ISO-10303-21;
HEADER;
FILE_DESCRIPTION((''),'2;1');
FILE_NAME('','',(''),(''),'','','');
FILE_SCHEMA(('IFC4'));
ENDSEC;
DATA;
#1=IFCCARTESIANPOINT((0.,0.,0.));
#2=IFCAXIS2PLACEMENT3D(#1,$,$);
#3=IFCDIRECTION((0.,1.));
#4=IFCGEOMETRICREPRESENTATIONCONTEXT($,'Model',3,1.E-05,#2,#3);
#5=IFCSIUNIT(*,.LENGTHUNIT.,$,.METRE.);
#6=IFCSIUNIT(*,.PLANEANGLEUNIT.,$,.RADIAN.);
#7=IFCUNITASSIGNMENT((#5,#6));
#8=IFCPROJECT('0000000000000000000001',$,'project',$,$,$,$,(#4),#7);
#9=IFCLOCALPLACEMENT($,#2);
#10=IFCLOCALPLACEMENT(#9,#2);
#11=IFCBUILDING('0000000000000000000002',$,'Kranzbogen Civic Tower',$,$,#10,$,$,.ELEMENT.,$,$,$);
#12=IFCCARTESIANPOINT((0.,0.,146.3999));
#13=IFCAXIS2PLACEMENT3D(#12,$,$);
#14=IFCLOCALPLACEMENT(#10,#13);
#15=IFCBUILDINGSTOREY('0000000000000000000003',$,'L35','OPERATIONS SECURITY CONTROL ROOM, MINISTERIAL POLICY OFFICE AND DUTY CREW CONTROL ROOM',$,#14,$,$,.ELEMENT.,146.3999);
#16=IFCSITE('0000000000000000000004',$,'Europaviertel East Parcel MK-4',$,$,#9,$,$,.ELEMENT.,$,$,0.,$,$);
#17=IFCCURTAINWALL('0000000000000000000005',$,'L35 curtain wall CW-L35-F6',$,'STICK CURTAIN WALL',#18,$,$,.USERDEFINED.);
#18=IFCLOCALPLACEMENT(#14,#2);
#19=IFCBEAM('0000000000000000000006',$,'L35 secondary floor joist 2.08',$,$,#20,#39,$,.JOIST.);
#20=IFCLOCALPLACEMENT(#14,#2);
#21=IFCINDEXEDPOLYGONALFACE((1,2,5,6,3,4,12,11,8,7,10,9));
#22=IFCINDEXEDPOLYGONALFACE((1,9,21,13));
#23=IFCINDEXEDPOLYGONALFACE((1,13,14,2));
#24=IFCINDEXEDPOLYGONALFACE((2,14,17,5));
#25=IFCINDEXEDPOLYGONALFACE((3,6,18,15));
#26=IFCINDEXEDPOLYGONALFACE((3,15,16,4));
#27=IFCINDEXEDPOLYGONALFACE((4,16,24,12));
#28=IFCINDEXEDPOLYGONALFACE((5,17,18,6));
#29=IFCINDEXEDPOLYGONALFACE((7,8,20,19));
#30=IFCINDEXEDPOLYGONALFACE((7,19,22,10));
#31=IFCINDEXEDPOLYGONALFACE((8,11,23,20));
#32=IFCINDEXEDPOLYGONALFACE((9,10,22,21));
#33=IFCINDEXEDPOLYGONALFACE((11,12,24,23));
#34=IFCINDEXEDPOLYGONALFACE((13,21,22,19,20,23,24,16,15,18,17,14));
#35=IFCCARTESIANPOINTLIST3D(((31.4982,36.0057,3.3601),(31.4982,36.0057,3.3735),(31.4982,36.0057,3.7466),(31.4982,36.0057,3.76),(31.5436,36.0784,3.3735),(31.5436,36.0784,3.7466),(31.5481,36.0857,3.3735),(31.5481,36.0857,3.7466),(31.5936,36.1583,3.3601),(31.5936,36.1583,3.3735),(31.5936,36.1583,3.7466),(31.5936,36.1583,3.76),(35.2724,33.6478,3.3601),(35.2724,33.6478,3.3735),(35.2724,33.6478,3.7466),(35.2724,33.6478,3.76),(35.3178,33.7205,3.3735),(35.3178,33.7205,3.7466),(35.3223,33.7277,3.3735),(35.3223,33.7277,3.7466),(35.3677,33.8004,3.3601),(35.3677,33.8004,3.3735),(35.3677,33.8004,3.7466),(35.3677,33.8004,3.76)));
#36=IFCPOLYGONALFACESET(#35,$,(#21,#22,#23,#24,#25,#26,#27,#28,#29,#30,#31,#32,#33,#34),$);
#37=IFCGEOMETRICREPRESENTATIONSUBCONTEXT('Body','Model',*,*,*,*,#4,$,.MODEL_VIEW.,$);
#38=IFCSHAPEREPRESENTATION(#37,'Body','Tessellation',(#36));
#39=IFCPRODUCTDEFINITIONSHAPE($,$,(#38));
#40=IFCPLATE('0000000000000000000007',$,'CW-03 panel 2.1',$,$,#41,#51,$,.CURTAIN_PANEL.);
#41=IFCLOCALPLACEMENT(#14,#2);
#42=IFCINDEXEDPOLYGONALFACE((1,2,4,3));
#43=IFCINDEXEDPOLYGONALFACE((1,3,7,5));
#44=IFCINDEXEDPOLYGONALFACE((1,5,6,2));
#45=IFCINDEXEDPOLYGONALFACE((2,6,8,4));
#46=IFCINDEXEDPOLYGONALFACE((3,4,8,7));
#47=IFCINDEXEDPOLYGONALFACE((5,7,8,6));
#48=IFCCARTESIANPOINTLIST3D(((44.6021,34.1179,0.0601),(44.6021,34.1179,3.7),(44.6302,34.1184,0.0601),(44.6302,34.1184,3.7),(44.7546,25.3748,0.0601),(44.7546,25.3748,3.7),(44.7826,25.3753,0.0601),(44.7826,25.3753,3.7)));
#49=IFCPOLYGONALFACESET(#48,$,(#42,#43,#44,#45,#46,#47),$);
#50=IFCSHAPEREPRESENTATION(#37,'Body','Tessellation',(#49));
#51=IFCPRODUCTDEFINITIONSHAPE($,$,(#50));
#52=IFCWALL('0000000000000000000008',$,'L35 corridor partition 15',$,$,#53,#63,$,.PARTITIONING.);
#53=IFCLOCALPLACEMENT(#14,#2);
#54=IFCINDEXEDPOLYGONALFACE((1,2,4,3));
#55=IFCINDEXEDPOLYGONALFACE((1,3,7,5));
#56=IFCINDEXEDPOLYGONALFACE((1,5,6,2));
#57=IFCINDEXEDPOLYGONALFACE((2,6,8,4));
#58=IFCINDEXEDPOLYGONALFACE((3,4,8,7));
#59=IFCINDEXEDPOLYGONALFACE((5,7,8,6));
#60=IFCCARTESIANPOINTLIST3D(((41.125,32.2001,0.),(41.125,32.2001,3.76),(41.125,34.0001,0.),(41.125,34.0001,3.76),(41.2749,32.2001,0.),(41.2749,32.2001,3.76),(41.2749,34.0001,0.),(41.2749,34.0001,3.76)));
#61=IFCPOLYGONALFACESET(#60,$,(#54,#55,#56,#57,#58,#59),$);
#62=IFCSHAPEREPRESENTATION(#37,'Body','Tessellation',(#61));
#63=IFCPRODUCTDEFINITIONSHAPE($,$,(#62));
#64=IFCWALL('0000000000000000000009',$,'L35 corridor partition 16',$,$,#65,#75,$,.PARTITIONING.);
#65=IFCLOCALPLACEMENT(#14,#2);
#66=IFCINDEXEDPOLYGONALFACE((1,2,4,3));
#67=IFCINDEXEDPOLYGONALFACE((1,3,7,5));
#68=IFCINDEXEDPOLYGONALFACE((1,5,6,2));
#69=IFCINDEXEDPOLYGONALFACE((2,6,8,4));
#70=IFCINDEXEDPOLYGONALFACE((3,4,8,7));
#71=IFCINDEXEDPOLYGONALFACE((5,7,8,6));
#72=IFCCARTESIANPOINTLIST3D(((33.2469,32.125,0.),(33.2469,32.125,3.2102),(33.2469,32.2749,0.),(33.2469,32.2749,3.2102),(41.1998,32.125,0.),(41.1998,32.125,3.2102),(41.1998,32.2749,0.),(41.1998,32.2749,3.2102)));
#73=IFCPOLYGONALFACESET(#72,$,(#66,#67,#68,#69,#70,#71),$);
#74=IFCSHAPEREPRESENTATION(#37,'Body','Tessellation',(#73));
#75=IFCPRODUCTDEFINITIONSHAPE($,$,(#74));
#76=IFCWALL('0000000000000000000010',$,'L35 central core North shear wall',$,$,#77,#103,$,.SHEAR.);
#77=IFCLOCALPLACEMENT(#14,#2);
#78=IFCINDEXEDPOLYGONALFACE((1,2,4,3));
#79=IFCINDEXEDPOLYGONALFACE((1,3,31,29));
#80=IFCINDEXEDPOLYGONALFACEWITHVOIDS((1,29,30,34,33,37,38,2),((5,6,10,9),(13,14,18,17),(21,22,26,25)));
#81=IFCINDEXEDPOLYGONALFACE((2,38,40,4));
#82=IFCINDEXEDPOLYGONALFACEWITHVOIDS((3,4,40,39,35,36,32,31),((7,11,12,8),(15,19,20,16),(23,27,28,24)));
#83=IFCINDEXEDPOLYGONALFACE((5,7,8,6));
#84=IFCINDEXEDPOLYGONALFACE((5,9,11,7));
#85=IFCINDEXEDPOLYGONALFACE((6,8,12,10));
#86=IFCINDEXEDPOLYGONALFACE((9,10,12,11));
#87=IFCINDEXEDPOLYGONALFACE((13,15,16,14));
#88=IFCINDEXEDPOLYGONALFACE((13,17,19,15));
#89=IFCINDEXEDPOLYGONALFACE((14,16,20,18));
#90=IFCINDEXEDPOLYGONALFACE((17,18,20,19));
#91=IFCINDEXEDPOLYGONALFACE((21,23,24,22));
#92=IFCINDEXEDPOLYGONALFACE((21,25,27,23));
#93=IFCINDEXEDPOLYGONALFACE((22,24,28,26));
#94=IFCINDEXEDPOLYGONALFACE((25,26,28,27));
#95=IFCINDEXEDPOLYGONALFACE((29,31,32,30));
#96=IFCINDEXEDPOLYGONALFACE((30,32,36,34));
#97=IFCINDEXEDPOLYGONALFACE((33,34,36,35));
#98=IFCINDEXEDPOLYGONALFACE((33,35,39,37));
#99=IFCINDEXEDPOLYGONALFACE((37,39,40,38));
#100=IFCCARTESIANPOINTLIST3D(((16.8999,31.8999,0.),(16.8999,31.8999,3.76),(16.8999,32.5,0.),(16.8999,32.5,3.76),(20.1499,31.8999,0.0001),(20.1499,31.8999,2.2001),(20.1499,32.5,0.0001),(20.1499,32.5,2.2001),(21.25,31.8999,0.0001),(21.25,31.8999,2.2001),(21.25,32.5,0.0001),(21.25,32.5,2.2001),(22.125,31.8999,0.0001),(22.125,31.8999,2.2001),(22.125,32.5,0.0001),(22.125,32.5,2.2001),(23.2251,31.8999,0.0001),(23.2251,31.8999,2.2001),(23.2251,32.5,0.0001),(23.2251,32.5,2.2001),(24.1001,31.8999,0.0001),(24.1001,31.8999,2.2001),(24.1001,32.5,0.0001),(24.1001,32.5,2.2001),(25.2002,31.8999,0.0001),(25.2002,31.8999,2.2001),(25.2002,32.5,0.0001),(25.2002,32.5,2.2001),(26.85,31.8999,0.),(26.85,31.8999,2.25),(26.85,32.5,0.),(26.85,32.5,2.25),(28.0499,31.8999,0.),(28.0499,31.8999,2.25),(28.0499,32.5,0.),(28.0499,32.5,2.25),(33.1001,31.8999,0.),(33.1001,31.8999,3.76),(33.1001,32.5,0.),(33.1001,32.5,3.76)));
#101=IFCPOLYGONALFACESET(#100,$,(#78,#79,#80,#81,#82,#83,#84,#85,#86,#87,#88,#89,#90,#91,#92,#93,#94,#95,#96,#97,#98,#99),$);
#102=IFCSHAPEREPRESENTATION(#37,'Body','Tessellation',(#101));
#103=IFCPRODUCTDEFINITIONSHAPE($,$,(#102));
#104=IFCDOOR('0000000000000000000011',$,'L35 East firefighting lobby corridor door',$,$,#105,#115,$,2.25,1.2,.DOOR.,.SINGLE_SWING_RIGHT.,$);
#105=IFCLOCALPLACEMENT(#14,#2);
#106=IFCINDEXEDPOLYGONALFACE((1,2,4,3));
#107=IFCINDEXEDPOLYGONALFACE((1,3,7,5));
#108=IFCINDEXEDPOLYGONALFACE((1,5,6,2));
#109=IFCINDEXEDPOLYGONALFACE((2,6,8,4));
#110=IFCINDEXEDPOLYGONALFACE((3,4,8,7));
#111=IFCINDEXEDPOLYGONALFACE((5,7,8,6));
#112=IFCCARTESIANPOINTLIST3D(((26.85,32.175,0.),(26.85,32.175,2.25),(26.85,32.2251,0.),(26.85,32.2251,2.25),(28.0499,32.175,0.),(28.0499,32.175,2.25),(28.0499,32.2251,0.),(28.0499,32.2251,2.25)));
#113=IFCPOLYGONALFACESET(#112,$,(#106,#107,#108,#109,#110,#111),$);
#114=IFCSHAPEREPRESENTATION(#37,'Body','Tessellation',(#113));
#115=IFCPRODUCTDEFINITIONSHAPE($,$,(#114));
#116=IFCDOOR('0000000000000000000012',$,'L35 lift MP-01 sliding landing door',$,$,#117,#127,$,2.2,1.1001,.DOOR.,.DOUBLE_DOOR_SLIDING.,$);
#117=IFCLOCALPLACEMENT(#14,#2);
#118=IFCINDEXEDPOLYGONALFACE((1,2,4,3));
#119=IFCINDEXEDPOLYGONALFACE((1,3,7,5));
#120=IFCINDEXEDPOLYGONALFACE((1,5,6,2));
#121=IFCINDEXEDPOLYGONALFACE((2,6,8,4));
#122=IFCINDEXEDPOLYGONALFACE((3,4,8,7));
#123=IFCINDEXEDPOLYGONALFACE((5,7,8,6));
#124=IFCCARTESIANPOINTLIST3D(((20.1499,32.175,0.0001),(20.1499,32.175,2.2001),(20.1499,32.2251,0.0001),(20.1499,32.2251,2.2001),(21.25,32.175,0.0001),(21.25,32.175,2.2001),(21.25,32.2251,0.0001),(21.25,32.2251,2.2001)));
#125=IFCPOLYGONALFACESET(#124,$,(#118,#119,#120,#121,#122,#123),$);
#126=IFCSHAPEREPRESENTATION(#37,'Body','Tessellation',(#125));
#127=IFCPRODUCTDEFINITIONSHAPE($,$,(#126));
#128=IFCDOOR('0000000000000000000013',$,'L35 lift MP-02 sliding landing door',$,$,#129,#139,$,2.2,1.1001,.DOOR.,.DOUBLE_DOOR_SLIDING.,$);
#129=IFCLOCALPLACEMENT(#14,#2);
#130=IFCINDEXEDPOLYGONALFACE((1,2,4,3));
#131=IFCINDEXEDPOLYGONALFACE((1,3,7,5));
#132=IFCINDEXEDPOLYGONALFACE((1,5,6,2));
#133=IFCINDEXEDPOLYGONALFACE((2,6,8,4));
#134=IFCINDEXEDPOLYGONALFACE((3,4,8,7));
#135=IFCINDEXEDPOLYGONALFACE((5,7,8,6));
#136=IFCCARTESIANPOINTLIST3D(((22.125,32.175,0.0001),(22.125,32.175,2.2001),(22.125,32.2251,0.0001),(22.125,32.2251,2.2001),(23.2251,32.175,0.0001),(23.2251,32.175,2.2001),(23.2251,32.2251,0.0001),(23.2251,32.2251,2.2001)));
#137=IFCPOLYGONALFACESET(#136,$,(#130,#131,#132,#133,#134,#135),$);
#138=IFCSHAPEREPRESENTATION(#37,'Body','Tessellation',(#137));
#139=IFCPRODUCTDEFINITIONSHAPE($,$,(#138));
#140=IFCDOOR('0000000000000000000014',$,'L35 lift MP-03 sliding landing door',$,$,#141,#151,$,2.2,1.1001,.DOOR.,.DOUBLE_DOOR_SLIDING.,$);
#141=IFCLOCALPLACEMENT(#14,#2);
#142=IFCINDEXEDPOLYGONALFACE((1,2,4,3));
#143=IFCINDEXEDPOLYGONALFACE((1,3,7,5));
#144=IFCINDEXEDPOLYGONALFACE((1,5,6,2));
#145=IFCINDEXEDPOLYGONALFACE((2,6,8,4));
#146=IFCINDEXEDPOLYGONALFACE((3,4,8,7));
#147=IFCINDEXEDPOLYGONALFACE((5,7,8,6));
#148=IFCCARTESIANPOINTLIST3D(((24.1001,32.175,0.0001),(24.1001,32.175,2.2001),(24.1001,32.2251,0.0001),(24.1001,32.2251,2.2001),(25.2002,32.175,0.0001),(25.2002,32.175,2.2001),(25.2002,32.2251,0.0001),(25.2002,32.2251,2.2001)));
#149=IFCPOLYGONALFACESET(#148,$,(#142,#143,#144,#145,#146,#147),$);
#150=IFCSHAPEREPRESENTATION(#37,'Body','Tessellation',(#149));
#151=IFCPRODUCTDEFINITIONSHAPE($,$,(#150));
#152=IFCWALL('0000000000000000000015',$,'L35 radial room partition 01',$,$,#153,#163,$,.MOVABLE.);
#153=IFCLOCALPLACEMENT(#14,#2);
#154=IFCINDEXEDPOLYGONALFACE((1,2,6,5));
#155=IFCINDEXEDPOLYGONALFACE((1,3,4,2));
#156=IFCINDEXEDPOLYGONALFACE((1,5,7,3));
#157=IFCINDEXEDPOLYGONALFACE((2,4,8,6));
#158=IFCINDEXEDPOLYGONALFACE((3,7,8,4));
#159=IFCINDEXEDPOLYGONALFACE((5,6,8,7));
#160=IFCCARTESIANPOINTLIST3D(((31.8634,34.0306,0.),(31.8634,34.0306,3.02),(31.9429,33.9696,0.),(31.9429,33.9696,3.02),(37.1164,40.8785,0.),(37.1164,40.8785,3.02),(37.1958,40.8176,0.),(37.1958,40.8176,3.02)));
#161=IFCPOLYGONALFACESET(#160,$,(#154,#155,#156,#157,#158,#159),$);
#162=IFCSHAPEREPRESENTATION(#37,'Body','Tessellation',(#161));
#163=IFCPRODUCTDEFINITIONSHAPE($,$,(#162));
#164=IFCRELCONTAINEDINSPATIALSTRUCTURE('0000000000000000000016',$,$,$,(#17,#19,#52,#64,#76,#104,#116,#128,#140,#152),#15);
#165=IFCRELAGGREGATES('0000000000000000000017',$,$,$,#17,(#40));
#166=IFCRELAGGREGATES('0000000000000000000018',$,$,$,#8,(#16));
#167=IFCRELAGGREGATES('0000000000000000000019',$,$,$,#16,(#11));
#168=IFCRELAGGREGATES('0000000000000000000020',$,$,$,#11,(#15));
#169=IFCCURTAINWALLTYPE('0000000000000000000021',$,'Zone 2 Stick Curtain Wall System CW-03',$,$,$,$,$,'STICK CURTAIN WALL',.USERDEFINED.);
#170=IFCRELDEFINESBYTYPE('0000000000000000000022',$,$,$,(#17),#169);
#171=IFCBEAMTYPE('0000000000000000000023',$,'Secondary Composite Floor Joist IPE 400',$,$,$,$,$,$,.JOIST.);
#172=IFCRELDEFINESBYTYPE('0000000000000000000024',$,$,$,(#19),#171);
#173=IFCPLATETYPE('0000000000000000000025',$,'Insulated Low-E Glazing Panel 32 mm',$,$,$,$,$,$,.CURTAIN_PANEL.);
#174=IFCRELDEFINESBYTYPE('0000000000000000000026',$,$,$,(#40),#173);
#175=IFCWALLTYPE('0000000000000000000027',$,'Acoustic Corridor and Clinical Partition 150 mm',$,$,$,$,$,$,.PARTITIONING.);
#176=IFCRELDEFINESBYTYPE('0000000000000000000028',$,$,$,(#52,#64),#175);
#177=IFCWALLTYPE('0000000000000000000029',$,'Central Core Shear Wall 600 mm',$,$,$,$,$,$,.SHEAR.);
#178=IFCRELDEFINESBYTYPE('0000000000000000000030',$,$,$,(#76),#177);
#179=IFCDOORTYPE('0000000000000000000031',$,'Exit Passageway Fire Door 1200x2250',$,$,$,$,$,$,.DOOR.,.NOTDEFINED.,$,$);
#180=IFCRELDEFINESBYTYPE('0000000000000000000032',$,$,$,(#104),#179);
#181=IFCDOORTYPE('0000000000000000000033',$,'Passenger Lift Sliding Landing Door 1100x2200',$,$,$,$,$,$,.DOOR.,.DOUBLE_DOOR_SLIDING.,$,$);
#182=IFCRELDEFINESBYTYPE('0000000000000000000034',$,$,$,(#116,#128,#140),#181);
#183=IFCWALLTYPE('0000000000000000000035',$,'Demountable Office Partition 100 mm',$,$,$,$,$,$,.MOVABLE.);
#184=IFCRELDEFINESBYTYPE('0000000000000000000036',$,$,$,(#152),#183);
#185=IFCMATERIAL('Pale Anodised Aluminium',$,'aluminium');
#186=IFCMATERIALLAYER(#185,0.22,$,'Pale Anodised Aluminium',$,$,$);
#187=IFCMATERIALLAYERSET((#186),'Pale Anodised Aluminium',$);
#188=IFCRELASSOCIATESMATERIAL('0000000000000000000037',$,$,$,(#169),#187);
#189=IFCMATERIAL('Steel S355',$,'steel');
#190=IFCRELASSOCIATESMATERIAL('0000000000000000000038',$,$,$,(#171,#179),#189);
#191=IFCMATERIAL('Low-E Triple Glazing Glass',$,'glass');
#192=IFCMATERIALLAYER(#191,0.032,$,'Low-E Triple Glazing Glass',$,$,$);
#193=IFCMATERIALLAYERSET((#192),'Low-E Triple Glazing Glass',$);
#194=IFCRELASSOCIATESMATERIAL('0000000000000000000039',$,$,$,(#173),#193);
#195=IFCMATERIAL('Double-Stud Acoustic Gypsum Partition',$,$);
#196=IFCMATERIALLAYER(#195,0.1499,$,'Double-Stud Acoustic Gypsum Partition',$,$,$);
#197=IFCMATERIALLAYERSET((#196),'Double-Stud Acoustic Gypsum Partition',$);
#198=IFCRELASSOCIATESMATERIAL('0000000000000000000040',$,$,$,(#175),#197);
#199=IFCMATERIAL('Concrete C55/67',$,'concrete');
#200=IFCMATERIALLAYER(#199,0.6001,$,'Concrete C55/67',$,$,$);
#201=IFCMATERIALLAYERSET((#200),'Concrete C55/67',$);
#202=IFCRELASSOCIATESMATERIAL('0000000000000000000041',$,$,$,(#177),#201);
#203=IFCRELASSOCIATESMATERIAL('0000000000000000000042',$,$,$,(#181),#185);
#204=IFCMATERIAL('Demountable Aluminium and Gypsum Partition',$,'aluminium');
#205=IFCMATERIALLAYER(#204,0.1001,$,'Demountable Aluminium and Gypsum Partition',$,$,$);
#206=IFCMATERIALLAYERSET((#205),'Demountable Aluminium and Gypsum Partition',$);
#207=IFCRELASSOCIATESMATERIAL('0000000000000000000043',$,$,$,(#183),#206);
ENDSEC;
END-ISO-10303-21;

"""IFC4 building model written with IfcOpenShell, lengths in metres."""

from ifc_helpers import new_model, si_unit, direction, frame, frame_2d, origin, origin_2d, place, context, subcontext, project, spatial, rectangle, i_section, extrude, material, layer, layer_set, material_profile, profile_set, type_object, element, fill, aggregate, save


model = new_model("IFC4")

# Units and contexts
model_context = context("Model", 3, precision=1e-05, world=origin(), true_north=direction((0.0, 1.0)))
body_context = subcontext(model_context, "Body", "Model", "MODEL_VIEW")
ifc_project = project(units=[si_unit("LENGTHUNIT", "METRE"), si_unit("PLANEANGLEUNIT", "RADIAN")], contexts=[model_context])

# Site, building, storey
site_placement = place(None, origin())
site = spatial("IfcSite", under=ifc_project, at=site_placement, Name="Europaviertel East Parcel MK-4", CompositionType="ELEMENT", RefElevation=0.0)
building_placement = place(site_placement, origin())
building = spatial("IfcBuilding", under=site, at=building_placement, Name="Kranzbogen Civic Tower", CompositionType="ELEMENT")
storey_placement = place(building_placement, frame((0.0, 0.0, 146.3999)))
storey = spatial("IfcBuildingStorey", under=building, at=storey_placement, Name="L35", Description="OPERATIONS SECURITY CONTROL ROOM, MINISTERIAL POLICY OFFICE AND DUTY CREW CONTROL ROOM", CompositionType="ELEMENT", Elevation=146.3999)

# Shared definitions
ifc_material_1 = material(Name="Steel S355", Category="steel")

# Curtain wall
ifc_material_2 = material(Name="Pale Anodised Aluminium", Category="aluminium")
ifc_layer_1 = layer(ifc_material_2, 0.22, Name="Pale Anodised Aluminium")
ifc_layer_set_1 = layer_set([ifc_layer_1], Name="Pale Anodised Aluminium")
curtain_wall_type = type_object("IfcCurtainWallType", Name="Zone 2 Stick Curtain Wall System CW-03", ElementType="STICK CURTAIN WALL", PredefinedType="USERDEFINED", material=ifc_layer_set_1)
curtain_wall_placement = place(storey_placement, origin())
curtain_wall = element("IfcCurtainWall", 1, at=curtain_wall_placement, inside=storey, type_object=curtain_wall_type, Name="L35 curtain wall CW-L35-F6", ObjectType="STICK CURTAIN WALL", PredefinedType="USERDEFINED")

# Beam
ifc_material_profile_1 = material_profile(ifc_material_1, i_section(OverallWidth=0.1799, OverallDepth=0.3999, WebThickness=0.0085, FlangeThickness=0.0134, at=origin_2d()), Name="IPE 400")
ifc_profile_set_1 = profile_set([ifc_material_profile_1], Name="Steel S355")
beam_type_1 = type_object("IfcBeamType", Name="Secondary Composite Floor Joist IPE 400", PredefinedType="JOIST", material=ifc_profile_set_1)
beam_1_placement = place(storey_placement, frame((35.3201, 33.7241, 3.5601), z_axis=(-0.848094, 0.529846, 0.0), x_axis=(-0.529846, -0.848094, 0.0)))
element("IfcBeam", 2, at=beam_1_placement, inside=storey, type_object=beam_type_1, Name="L35 secondary floor joist 2.08", PredefinedType="JOIST", context=body_context, shape_type="SweptSolid", body=[
    extrude(i_section(OverallWidth=0.1799, OverallDepth=0.3999, WebThickness=0.0085, FlangeThickness=0.0134, at=origin_2d()), origin(), (0.0, 0.0, 1.0), 4.4502),
])

# Plate
ifc_material_3 = material(Name="Low-E Triple Glazing Glass", Category="glass")
ifc_layer_2 = layer(ifc_material_3, 0.032, Name="Low-E Triple Glazing Glass")
ifc_layer_set_2 = layer_set([ifc_layer_2], Name="Low-E Triple Glazing Glass")
plate_type = type_object("IfcPlateType", Name="Insulated Low-E Glazing Panel 32 mm", PredefinedType="CURTAIN_PANEL", material=ifc_layer_set_2)
plate_placement = place(storey_placement, frame((44.6924, 29.7466, 0.0601), z_axis=(0.0, 0.0, 1.0), x_axis=(-0.017432, 0.999848, 0.0)))
plate = element("IfcPlate", 3, at=plate_placement, type_object=plate_type, Name="CW-03 panel 2.1", PredefinedType="CURTAIN_PANEL", context=body_context, shape_type="SweptSolid", body=[
    extrude(rectangle(XDim=8.7444, YDim=0.0281, at=origin_2d()), origin(), (0.0, 0.0, 1.0), 3.6399),
])
aggregate(curtain_wall, [plate])

# Walls
ifc_material_4 = material(Name="Double-Stud Acoustic Gypsum Partition")
ifc_layer_3 = layer(ifc_material_4, 0.1499, Name="Double-Stud Acoustic Gypsum Partition")
ifc_layer_set_3 = layer_set([ifc_layer_3], Name="Double-Stud Acoustic Gypsum Partition")
wall_type_1 = type_object("IfcWallType", Name="Acoustic Corridor and Clinical Partition 150 mm", PredefinedType="PARTITIONING", material=ifc_layer_set_3)
wall_1_placement = place(storey_placement, frame((41.2, 34.0, 0.0), z_axis=(0.0, 0.0, 1.0), x_axis=(0.0, -1.0, 0.0)))
element("IfcWall", 4, at=wall_1_placement, inside=storey, type_object=wall_type_1, Name="L35 corridor partition 15", PredefinedType="PARTITIONING", context=body_context, shape_type="SweptSolid", body=[
    extrude(rectangle(XDim=1.8, YDim=0.1499, at=frame_2d((0.8999, 0.0))), origin(), (0.0, 0.0, 1.0), 3.76),
])
wall_2_placement = place(storey_placement, frame((41.2, 32.2, 0.0), z_axis=(0.0, 0.0, 1.0), x_axis=(-1.0, 0.0, 0.0)))
element("IfcWall", 5, at=wall_2_placement, inside=storey, type_object=wall_type_1, Name="L35 corridor partition 16", PredefinedType="PARTITIONING", context=body_context, shape_type="SweptSolid", body=[
    extrude(rectangle(XDim=7.9529, YDim=0.1499, at=frame_2d((3.9766, 0.0))), origin(), (0.0, 0.0, 1.0), 3.2102),
])

# Wall, openings, doors
ifc_material_5 = material(Name="Concrete C55/67", Category="concrete")
ifc_layer_4 = layer(ifc_material_5, 0.6001, Name="Concrete C55/67")
ifc_layer_set_4 = layer_set([ifc_layer_4], Name="Concrete C55/67")
wall_type_2 = type_object("IfcWallType", Name="Central Core Shear Wall 600 mm", PredefinedType="SHEAR", material=ifc_layer_set_4)
wall_3_placement = place(storey_placement, frame((33.1001, 32.2, 0.0), z_axis=(0.0, 0.0, 1.0), x_axis=(-1.0, 0.0, 0.0)))
wall_3 = element("IfcWall", 6, at=wall_3_placement, inside=storey, type_object=wall_type_2, Name="L35 central core North shear wall", PredefinedType="SHEAR", context=body_context, shape_type="SweptSolid", body=[
    extrude(rectangle(XDim=16.2002, YDim=0.6001, at=frame_2d((8.1001, 0.0))), origin(), (0.0, 0.0, 1.0), 3.76),
])
opening_1_placement = place(wall_3_placement, frame((5.05, 0.0, 0.0)))
opening_1 = element("IfcOpeningElement", 7, at=opening_1_placement, cuts=wall_3, PredefinedType="OPENING", context=body_context, shape_type="SweptSolid", body=[
    extrude(rectangle(XDim=1.2, YDim=2.25, at=frame_2d((0.6001, 1.125))), frame((0.0, 0.3101, 0.0), z_axis=(0.0, -1.0, 0.0), x_axis=(1.0, 0.0, 0.0)), (0.0, 0.0, 1.0), 0.6201),
])
opening_2_placement = place(wall_3_placement, frame((11.8501, 0.0, 0.0)))
opening_2 = element("IfcOpeningElement", 8, at=opening_2_placement, cuts=wall_3, PredefinedType="OPENING", context=body_context, shape_type="SweptSolid", body=[
    extrude(rectangle(XDim=1.1001, YDim=2.2, at=frame_2d((0.55, 1.1001))), frame((0.0, 0.3101, 0.0), z_axis=(0.0, -1.0, 0.0), x_axis=(1.0, 0.0, 0.0)), (0.0, 0.0, 1.0), 0.6201),
])
opening_3_placement = place(wall_3_placement, frame((9.875, 0.0, 0.0)))
opening_3 = element("IfcOpeningElement", 9, at=opening_3_placement, cuts=wall_3, PredefinedType="OPENING", context=body_context, shape_type="SweptSolid", body=[
    extrude(rectangle(XDim=1.1001, YDim=2.2, at=frame_2d((0.55, 1.1001))), frame((0.0, 0.3101, 0.0), z_axis=(0.0, -1.0, 0.0), x_axis=(1.0, 0.0, 0.0)), (0.0, 0.0, 1.0), 0.6201),
])
opening_4_placement = place(wall_3_placement, frame((7.8999, 0.0, 0.0)))
opening_4 = element("IfcOpeningElement", 10, at=opening_4_placement, cuts=wall_3, PredefinedType="OPENING", context=body_context, shape_type="SweptSolid", body=[
    extrude(rectangle(XDim=1.1001, YDim=2.2, at=frame_2d((0.55, 1.1001))), frame((0.0, 0.3101, 0.0), z_axis=(0.0, -1.0, 0.0), x_axis=(1.0, 0.0, 0.0)), (0.0, 0.0, 1.0), 0.6201),
])
door_type_1 = type_object("IfcDoorType", Name="Exit Passageway Fire Door 1200x2250", OperationType="NOTDEFINED", PredefinedType="DOOR", material=ifc_material_1)
door_1_placement = place(opening_1_placement, origin())
door_1 = element("IfcDoor", 11, at=door_1_placement, inside=storey, type_object=door_type_1, Name="L35 East firefighting lobby corridor door", OperationType="SINGLE_SWING_RIGHT", OverallHeight=2.25, OverallWidth=1.2, PredefinedType="DOOR", context=body_context, shape_type="SweptSolid", body=[
    extrude(rectangle(XDim=1.2, YDim=2.25, at=frame_2d((0.6001, 1.125))), frame((0.0, 0.0249, 0.0), z_axis=(0.0, -1.0, 0.0), x_axis=(1.0, 0.0, 0.0)), (0.0, 0.0, 1.0), 0.05),
])
fill(opening_1, door_1)
door_type_2 = type_object("IfcDoorType", Name="Passenger Lift Sliding Landing Door 1100x2200", OperationType="DOUBLE_DOOR_SLIDING", PredefinedType="DOOR", material=ifc_material_2)
door_2_placement = place(opening_2_placement, origin())
door_2 = element("IfcDoor", 12, at=door_2_placement, inside=storey, type_object=door_type_2, Name="L35 lift MP-01 sliding landing door", OperationType="DOUBLE_DOOR_SLIDING", OverallHeight=2.2, OverallWidth=1.1001, PredefinedType="DOOR", context=body_context, shape_type="SweptSolid", body=[
    extrude(rectangle(XDim=1.1001, YDim=2.2, at=frame_2d((0.55, 1.1001))), frame((0.0, 0.0249, 0.0), z_axis=(0.0, -1.0, 0.0), x_axis=(1.0, 0.0, 0.0)), (0.0, 0.0, 1.0), 0.05),
])
fill(opening_2, door_2)
door_3_placement = place(opening_3_placement, origin())
door_3 = element("IfcDoor", 13, at=door_3_placement, inside=storey, type_object=door_type_2, Name="L35 lift MP-02 sliding landing door", OperationType="DOUBLE_DOOR_SLIDING", OverallHeight=2.2, OverallWidth=1.1001, PredefinedType="DOOR", context=body_context, shape_type="SweptSolid", body=[
    extrude(rectangle(XDim=1.1001, YDim=2.2, at=frame_2d((0.55, 1.1001))), frame((0.0, 0.0249, 0.0), z_axis=(0.0, -1.0, 0.0), x_axis=(1.0, 0.0, 0.0)), (0.0, 0.0, 1.0), 0.05),
])
fill(opening_3, door_3)
door_4_placement = place(opening_4_placement, origin())
door_4 = element("IfcDoor", 14, at=door_4_placement, inside=storey, type_object=door_type_2, Name="L35 lift MP-03 sliding landing door", OperationType="DOUBLE_DOOR_SLIDING", OverallHeight=2.2, OverallWidth=1.1001, PredefinedType="DOOR", context=body_context, shape_type="SweptSolid", body=[
    extrude(rectangle(XDim=1.1001, YDim=2.2, at=frame_2d((0.55, 1.1001))), frame((0.0, 0.0249, 0.0), z_axis=(0.0, -1.0, 0.0), x_axis=(1.0, 0.0, 0.0)), (0.0, 0.0, 1.0), 0.05),
])
fill(opening_4, door_4)

# Wall
ifc_material_6 = material(Name="Demountable Aluminium and Gypsum Partition", Category="aluminium")
ifc_layer_5 = layer(ifc_material_6, 0.1001, Name="Demountable Aluminium and Gypsum Partition")
ifc_layer_set_5 = layer_set([ifc_layer_5], Name="Demountable Aluminium and Gypsum Partition")
wall_type_3 = type_object("IfcWallType", Name="Demountable Office Partition 100 mm", PredefinedType="MOVABLE", material=ifc_layer_set_5)
wall_4_placement = place(storey_placement, frame((31.9031, 34.0, 0.0), z_axis=(0.0, 0.0, 1.0), x_axis=(0.608641, 0.793446, 0.0)))
element("IfcWall", 15, at=wall_4_placement, inside=storey, type_object=wall_type_3, Name="L35 radial room partition 01", PredefinedType="MOVABLE", context=body_context, shape_type="SweptSolid", body=[
    extrude(rectangle(XDim=8.6306, YDim=0.1001, at=frame_2d((4.3154, 0.0))), origin(), (0.0, 0.0, 1.0), 3.02),
])

save(model, "model.ifc")
